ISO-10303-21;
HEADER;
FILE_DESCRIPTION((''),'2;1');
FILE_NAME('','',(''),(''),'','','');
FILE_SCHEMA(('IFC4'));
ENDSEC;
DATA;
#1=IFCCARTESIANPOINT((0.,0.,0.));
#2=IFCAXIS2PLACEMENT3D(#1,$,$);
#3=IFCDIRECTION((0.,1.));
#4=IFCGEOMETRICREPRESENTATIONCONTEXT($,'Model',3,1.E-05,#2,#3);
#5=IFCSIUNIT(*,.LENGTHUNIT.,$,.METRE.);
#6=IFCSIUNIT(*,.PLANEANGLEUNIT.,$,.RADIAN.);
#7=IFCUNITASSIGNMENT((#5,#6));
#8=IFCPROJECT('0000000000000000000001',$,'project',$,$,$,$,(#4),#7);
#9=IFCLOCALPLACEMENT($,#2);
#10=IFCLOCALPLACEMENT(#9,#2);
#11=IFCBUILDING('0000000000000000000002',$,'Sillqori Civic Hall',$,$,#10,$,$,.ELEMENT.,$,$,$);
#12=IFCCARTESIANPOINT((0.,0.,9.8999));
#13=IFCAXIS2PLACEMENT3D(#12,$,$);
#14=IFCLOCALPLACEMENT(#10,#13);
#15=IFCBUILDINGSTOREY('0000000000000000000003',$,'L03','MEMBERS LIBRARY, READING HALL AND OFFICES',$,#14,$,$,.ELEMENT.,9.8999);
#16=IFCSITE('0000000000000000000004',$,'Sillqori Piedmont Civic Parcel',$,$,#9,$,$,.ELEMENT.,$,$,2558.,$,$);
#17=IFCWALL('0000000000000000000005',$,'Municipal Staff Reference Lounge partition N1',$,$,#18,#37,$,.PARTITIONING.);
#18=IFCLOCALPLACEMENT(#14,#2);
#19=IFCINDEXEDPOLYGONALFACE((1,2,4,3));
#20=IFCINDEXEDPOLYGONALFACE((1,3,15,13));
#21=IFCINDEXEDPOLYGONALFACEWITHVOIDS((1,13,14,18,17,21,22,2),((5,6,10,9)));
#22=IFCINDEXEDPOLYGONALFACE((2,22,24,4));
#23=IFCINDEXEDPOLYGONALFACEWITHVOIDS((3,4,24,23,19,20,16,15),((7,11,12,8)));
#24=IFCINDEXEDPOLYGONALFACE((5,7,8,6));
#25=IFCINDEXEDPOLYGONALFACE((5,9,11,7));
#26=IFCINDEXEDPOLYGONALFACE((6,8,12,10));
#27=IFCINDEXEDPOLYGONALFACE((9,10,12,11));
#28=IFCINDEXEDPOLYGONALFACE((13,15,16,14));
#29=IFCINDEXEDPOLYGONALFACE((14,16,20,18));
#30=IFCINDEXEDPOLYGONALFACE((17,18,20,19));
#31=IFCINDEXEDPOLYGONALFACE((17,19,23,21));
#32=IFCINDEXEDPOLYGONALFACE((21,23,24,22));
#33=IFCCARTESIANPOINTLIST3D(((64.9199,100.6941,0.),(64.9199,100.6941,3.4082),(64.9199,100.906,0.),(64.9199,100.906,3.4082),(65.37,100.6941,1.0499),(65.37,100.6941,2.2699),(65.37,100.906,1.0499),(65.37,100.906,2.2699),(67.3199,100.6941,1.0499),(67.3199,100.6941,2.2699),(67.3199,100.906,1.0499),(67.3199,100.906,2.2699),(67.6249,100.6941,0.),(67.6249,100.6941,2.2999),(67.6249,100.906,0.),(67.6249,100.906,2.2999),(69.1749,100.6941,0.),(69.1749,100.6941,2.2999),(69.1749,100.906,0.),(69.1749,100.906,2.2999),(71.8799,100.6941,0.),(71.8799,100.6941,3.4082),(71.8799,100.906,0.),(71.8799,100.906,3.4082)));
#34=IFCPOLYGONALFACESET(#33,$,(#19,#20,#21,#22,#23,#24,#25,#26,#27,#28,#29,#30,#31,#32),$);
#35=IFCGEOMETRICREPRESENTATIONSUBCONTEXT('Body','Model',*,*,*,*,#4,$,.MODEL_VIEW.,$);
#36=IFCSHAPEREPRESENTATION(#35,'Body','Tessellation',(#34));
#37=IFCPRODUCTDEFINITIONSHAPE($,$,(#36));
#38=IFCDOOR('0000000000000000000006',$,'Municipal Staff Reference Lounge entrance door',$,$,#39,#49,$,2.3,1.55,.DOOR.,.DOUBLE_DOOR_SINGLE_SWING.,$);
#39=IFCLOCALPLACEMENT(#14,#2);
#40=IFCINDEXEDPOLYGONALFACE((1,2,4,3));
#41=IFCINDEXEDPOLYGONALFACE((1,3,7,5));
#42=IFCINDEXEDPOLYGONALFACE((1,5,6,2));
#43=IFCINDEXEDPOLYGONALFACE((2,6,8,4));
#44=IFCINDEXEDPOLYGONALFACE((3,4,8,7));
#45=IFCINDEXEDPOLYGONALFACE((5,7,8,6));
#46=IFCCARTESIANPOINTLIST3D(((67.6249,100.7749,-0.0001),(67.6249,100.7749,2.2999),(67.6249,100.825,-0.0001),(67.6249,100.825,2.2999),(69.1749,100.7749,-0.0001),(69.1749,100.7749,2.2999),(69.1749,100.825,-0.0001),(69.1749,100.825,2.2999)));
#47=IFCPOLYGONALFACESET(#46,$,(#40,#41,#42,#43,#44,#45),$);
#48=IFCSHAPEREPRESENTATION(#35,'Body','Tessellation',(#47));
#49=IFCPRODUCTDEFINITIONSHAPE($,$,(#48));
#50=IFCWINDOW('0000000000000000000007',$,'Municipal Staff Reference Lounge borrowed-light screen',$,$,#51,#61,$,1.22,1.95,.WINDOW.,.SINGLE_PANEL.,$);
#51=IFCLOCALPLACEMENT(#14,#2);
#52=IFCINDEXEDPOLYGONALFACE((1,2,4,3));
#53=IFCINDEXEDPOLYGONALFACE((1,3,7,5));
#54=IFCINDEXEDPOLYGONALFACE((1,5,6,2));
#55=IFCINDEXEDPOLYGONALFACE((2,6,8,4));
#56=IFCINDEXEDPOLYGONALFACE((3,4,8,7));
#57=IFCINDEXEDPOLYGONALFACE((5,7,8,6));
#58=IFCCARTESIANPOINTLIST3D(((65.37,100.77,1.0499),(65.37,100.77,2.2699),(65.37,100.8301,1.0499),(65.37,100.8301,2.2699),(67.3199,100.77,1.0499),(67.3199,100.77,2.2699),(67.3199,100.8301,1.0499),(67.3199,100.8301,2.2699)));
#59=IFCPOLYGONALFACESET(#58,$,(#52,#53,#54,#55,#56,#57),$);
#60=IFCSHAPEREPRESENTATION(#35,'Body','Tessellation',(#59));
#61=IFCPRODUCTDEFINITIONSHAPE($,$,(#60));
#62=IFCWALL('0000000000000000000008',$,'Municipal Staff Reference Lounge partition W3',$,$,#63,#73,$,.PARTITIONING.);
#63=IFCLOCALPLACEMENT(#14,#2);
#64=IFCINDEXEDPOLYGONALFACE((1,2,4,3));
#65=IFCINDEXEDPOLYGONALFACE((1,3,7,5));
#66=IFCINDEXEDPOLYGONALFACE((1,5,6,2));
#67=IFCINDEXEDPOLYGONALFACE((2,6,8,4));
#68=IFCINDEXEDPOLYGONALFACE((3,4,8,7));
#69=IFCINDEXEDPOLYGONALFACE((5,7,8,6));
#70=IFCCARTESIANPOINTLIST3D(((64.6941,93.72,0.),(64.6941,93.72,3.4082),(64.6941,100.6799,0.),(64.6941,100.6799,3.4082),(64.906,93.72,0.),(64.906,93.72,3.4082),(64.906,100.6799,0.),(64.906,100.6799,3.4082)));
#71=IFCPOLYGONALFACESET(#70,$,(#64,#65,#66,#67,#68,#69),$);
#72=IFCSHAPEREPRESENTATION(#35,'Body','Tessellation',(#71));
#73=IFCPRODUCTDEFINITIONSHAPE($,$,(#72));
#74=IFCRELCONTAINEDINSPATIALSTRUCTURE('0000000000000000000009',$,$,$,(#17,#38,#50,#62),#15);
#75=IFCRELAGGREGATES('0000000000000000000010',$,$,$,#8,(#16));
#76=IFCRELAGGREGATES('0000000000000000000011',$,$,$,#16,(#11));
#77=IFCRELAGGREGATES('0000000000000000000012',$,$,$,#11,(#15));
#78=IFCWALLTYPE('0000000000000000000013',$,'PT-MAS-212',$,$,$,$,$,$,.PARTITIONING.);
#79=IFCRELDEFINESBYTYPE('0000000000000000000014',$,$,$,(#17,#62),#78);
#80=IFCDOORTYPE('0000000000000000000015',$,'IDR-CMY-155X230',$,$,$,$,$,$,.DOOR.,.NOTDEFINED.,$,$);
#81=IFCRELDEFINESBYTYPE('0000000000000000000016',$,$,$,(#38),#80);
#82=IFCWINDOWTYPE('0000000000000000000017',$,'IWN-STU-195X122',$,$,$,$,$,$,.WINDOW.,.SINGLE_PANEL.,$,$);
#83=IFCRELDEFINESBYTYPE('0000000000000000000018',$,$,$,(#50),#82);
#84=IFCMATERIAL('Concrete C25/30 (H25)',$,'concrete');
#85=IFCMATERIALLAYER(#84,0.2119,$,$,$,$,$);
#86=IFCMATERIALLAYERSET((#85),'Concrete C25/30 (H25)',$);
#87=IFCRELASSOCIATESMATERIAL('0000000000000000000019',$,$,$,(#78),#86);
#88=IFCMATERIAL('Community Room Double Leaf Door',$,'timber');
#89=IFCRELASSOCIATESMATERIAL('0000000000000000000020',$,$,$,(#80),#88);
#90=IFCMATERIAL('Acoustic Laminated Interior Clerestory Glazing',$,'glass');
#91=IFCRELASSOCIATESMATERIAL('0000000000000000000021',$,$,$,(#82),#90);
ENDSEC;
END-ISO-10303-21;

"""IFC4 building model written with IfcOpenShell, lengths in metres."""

from ifc_helpers import new_model, si_unit, direction, frame, frame_2d, origin, place, context, subcontext, project, spatial, rectangle, extrude, material, layer, layer_set, type_object, element, fill, save


model = new_model("IFC4")

# Units and contexts
model_context = context("Model", 3, precision=1e-05, world=origin(), true_north=direction((0.0, 1.0)))
body_context = subcontext(model_context, "Body", "Model", "MODEL_VIEW")
ifc_project = project(units=[si_unit("LENGTHUNIT", "METRE"), si_unit("PLANEANGLEUNIT", "RADIAN")], contexts=[model_context])

# Site, building, storey
site_placement = place(None, origin())
site = spatial("IfcSite", under=ifc_project, at=site_placement, Name="Sillqori Piedmont Civic Parcel", CompositionType="ELEMENT", RefElevation=2558.0)
building_placement = place(site_placement, origin())
building = spatial("IfcBuilding", under=site, at=building_placement, Name="Sillqori Civic Hall", CompositionType="ELEMENT")
storey_placement = place(building_placement, frame((0.0, 0.0, 9.8999)))
storey = spatial("IfcBuildingStorey", under=building, at=storey_placement, Name="L03", Description="MEMBERS LIBRARY, READING HALL AND OFFICES", CompositionType="ELEMENT", Elevation=9.8999)

# Wall, openings, door, window
ifc_material_1 = material(Name="Concrete C25/30 (H25)", Category="concrete")
ifc_layer = layer(ifc_material_1, 0.2119)
ifc_layer_set = layer_set([ifc_layer], Name="Concrete C25/30 (H25)")
wall_type = type_object("IfcWallType", Name="PT-MAS-212", PredefinedType="PARTITIONING", material=ifc_layer_set)
wall_1_placement = place(storey_placement, frame((64.9199, 100.8, 0.0), z_axis=(0.0, 0.0, 1.0), x_axis=(1.0, 0.0, 0.0)))
wall_1 = element("IfcWall", 1, at=wall_1_placement, inside=storey, type_object=wall_type, Name="Municipal Staff Reference Lounge partition N1", PredefinedType="PARTITIONING", context=body_context, shape_type="SweptSolid", body=[
    extrude(rectangle(XDim=6.96, YDim=0.2119, at=frame_2d((3.48, 0.0))), origin(), (0.0, 0.0, 1.0), 3.4082),
])
opening_1_placement = place(wall_1_placement, frame((2.7051, 0.0, 0.0)))
opening_1 = element("IfcOpeningElement", 2, at=opening_1_placement, cuts=wall_1, PredefinedType="OPENING", context=body_context, shape_type="SweptSolid", body=[
    extrude(rectangle(XDim=1.55, YDim=2.3, at=frame_2d((0.7749, 1.1499))), frame((0.0, 0.116, 0.0), z_axis=(0.0, -1.0, 0.0), x_axis=(1.0, 0.0, 0.0)), (0.0, 0.0, 1.0), 0.2319),
])
opening_2_placement = place(wall_1_placement, frame((0.45, 0.0, 1.05)))
opening_2 = element("IfcOpeningElement", 3, at=opening_2_placement, cuts=wall_1, PredefinedType="OPENING", context=body_context, shape_type="SweptSolid", body=[
    extrude(rectangle(XDim=1.95, YDim=1.22, at=frame_2d((0.9751, 0.6099))), frame((0.0, 0.116, 0.0), z_axis=(0.0, -1.0, 0.0), x_axis=(1.0, 0.0, 0.0)), (0.0, 0.0, 1.0), 0.2319),
])
ifc_material_2 = material(Name="Community Room Double Leaf Door", Category="timber")
door_type = type_object("IfcDoorType", Name="IDR-CMY-155X230", OperationType="NOTDEFINED", PredefinedType="DOOR", material=ifc_material_2)
door_placement = place(opening_1_placement, origin())
door = element("IfcDoor", 4, at=door_placement, inside=storey, type_object=door_type, Name="Municipal Staff Reference Lounge entrance door", OperationType="DOUBLE_DOOR_SINGLE_SWING", OverallHeight=2.3, OverallWidth=1.55, PredefinedType="DOOR", context=body_context, shape_type="SweptSolid", body=[
    extrude(rectangle(XDim=1.55, YDim=2.3, at=frame_2d((0.7749, 1.1499))), frame((0.0, 0.0249, 0.0), z_axis=(0.0, -1.0, 0.0), x_axis=(1.0, 0.0, 0.0)), (0.0, 0.0, 1.0), 0.05),
])
fill(opening_1, door)
ifc_material_3 = material(Name="Acoustic Laminated Interior Clerestory Glazing", Category="glass")
window_type = type_object("IfcWindowType", Name="IWN-STU-195X122", PartitioningType="SINGLE_PANEL", PredefinedType="WINDOW", material=ifc_material_3)
window_placement = place(opening_2_placement, origin())
window = element("IfcWindow", 5, at=window_placement, inside=storey, type_object=window_type, Name="Municipal Staff Reference Lounge borrowed-light screen", OverallHeight=1.22, OverallWidth=1.95, PartitioningType="SINGLE_PANEL", PredefinedType="WINDOW", context=body_context, shape_type="SweptSolid", body=[
    extrude(rectangle(XDim=1.95, YDim=1.22, at=frame_2d((0.9751, 0.6099))), frame((0.0, 0.03, 0.0), z_axis=(0.0, -1.0, 0.0), x_axis=(1.0, 0.0, 0.0)), (0.0, 0.0, 1.0), 0.0601),
])
fill(opening_2, window)

# Wall
wall_2_placement = place(storey_placement, frame((64.8, 93.72, 0.0), z_axis=(0.0, 0.0, 1.0), x_axis=(0.0, 1.0, 0.0)))
element("IfcWall", 6, at=wall_2_placement, inside=storey, type_object=wall_type, Name="Municipal Staff Reference Lounge partition W3", PredefinedType="PARTITIONING", context=body_context, shape_type="SweptSolid", body=[
    extrude(rectangle(XDim=6.96, YDim=0.2119, at=frame_2d((3.48, 0.0))), origin(), (0.0, 0.0, 1.0), 3.4082),
])

save(model, "model.ifc")
